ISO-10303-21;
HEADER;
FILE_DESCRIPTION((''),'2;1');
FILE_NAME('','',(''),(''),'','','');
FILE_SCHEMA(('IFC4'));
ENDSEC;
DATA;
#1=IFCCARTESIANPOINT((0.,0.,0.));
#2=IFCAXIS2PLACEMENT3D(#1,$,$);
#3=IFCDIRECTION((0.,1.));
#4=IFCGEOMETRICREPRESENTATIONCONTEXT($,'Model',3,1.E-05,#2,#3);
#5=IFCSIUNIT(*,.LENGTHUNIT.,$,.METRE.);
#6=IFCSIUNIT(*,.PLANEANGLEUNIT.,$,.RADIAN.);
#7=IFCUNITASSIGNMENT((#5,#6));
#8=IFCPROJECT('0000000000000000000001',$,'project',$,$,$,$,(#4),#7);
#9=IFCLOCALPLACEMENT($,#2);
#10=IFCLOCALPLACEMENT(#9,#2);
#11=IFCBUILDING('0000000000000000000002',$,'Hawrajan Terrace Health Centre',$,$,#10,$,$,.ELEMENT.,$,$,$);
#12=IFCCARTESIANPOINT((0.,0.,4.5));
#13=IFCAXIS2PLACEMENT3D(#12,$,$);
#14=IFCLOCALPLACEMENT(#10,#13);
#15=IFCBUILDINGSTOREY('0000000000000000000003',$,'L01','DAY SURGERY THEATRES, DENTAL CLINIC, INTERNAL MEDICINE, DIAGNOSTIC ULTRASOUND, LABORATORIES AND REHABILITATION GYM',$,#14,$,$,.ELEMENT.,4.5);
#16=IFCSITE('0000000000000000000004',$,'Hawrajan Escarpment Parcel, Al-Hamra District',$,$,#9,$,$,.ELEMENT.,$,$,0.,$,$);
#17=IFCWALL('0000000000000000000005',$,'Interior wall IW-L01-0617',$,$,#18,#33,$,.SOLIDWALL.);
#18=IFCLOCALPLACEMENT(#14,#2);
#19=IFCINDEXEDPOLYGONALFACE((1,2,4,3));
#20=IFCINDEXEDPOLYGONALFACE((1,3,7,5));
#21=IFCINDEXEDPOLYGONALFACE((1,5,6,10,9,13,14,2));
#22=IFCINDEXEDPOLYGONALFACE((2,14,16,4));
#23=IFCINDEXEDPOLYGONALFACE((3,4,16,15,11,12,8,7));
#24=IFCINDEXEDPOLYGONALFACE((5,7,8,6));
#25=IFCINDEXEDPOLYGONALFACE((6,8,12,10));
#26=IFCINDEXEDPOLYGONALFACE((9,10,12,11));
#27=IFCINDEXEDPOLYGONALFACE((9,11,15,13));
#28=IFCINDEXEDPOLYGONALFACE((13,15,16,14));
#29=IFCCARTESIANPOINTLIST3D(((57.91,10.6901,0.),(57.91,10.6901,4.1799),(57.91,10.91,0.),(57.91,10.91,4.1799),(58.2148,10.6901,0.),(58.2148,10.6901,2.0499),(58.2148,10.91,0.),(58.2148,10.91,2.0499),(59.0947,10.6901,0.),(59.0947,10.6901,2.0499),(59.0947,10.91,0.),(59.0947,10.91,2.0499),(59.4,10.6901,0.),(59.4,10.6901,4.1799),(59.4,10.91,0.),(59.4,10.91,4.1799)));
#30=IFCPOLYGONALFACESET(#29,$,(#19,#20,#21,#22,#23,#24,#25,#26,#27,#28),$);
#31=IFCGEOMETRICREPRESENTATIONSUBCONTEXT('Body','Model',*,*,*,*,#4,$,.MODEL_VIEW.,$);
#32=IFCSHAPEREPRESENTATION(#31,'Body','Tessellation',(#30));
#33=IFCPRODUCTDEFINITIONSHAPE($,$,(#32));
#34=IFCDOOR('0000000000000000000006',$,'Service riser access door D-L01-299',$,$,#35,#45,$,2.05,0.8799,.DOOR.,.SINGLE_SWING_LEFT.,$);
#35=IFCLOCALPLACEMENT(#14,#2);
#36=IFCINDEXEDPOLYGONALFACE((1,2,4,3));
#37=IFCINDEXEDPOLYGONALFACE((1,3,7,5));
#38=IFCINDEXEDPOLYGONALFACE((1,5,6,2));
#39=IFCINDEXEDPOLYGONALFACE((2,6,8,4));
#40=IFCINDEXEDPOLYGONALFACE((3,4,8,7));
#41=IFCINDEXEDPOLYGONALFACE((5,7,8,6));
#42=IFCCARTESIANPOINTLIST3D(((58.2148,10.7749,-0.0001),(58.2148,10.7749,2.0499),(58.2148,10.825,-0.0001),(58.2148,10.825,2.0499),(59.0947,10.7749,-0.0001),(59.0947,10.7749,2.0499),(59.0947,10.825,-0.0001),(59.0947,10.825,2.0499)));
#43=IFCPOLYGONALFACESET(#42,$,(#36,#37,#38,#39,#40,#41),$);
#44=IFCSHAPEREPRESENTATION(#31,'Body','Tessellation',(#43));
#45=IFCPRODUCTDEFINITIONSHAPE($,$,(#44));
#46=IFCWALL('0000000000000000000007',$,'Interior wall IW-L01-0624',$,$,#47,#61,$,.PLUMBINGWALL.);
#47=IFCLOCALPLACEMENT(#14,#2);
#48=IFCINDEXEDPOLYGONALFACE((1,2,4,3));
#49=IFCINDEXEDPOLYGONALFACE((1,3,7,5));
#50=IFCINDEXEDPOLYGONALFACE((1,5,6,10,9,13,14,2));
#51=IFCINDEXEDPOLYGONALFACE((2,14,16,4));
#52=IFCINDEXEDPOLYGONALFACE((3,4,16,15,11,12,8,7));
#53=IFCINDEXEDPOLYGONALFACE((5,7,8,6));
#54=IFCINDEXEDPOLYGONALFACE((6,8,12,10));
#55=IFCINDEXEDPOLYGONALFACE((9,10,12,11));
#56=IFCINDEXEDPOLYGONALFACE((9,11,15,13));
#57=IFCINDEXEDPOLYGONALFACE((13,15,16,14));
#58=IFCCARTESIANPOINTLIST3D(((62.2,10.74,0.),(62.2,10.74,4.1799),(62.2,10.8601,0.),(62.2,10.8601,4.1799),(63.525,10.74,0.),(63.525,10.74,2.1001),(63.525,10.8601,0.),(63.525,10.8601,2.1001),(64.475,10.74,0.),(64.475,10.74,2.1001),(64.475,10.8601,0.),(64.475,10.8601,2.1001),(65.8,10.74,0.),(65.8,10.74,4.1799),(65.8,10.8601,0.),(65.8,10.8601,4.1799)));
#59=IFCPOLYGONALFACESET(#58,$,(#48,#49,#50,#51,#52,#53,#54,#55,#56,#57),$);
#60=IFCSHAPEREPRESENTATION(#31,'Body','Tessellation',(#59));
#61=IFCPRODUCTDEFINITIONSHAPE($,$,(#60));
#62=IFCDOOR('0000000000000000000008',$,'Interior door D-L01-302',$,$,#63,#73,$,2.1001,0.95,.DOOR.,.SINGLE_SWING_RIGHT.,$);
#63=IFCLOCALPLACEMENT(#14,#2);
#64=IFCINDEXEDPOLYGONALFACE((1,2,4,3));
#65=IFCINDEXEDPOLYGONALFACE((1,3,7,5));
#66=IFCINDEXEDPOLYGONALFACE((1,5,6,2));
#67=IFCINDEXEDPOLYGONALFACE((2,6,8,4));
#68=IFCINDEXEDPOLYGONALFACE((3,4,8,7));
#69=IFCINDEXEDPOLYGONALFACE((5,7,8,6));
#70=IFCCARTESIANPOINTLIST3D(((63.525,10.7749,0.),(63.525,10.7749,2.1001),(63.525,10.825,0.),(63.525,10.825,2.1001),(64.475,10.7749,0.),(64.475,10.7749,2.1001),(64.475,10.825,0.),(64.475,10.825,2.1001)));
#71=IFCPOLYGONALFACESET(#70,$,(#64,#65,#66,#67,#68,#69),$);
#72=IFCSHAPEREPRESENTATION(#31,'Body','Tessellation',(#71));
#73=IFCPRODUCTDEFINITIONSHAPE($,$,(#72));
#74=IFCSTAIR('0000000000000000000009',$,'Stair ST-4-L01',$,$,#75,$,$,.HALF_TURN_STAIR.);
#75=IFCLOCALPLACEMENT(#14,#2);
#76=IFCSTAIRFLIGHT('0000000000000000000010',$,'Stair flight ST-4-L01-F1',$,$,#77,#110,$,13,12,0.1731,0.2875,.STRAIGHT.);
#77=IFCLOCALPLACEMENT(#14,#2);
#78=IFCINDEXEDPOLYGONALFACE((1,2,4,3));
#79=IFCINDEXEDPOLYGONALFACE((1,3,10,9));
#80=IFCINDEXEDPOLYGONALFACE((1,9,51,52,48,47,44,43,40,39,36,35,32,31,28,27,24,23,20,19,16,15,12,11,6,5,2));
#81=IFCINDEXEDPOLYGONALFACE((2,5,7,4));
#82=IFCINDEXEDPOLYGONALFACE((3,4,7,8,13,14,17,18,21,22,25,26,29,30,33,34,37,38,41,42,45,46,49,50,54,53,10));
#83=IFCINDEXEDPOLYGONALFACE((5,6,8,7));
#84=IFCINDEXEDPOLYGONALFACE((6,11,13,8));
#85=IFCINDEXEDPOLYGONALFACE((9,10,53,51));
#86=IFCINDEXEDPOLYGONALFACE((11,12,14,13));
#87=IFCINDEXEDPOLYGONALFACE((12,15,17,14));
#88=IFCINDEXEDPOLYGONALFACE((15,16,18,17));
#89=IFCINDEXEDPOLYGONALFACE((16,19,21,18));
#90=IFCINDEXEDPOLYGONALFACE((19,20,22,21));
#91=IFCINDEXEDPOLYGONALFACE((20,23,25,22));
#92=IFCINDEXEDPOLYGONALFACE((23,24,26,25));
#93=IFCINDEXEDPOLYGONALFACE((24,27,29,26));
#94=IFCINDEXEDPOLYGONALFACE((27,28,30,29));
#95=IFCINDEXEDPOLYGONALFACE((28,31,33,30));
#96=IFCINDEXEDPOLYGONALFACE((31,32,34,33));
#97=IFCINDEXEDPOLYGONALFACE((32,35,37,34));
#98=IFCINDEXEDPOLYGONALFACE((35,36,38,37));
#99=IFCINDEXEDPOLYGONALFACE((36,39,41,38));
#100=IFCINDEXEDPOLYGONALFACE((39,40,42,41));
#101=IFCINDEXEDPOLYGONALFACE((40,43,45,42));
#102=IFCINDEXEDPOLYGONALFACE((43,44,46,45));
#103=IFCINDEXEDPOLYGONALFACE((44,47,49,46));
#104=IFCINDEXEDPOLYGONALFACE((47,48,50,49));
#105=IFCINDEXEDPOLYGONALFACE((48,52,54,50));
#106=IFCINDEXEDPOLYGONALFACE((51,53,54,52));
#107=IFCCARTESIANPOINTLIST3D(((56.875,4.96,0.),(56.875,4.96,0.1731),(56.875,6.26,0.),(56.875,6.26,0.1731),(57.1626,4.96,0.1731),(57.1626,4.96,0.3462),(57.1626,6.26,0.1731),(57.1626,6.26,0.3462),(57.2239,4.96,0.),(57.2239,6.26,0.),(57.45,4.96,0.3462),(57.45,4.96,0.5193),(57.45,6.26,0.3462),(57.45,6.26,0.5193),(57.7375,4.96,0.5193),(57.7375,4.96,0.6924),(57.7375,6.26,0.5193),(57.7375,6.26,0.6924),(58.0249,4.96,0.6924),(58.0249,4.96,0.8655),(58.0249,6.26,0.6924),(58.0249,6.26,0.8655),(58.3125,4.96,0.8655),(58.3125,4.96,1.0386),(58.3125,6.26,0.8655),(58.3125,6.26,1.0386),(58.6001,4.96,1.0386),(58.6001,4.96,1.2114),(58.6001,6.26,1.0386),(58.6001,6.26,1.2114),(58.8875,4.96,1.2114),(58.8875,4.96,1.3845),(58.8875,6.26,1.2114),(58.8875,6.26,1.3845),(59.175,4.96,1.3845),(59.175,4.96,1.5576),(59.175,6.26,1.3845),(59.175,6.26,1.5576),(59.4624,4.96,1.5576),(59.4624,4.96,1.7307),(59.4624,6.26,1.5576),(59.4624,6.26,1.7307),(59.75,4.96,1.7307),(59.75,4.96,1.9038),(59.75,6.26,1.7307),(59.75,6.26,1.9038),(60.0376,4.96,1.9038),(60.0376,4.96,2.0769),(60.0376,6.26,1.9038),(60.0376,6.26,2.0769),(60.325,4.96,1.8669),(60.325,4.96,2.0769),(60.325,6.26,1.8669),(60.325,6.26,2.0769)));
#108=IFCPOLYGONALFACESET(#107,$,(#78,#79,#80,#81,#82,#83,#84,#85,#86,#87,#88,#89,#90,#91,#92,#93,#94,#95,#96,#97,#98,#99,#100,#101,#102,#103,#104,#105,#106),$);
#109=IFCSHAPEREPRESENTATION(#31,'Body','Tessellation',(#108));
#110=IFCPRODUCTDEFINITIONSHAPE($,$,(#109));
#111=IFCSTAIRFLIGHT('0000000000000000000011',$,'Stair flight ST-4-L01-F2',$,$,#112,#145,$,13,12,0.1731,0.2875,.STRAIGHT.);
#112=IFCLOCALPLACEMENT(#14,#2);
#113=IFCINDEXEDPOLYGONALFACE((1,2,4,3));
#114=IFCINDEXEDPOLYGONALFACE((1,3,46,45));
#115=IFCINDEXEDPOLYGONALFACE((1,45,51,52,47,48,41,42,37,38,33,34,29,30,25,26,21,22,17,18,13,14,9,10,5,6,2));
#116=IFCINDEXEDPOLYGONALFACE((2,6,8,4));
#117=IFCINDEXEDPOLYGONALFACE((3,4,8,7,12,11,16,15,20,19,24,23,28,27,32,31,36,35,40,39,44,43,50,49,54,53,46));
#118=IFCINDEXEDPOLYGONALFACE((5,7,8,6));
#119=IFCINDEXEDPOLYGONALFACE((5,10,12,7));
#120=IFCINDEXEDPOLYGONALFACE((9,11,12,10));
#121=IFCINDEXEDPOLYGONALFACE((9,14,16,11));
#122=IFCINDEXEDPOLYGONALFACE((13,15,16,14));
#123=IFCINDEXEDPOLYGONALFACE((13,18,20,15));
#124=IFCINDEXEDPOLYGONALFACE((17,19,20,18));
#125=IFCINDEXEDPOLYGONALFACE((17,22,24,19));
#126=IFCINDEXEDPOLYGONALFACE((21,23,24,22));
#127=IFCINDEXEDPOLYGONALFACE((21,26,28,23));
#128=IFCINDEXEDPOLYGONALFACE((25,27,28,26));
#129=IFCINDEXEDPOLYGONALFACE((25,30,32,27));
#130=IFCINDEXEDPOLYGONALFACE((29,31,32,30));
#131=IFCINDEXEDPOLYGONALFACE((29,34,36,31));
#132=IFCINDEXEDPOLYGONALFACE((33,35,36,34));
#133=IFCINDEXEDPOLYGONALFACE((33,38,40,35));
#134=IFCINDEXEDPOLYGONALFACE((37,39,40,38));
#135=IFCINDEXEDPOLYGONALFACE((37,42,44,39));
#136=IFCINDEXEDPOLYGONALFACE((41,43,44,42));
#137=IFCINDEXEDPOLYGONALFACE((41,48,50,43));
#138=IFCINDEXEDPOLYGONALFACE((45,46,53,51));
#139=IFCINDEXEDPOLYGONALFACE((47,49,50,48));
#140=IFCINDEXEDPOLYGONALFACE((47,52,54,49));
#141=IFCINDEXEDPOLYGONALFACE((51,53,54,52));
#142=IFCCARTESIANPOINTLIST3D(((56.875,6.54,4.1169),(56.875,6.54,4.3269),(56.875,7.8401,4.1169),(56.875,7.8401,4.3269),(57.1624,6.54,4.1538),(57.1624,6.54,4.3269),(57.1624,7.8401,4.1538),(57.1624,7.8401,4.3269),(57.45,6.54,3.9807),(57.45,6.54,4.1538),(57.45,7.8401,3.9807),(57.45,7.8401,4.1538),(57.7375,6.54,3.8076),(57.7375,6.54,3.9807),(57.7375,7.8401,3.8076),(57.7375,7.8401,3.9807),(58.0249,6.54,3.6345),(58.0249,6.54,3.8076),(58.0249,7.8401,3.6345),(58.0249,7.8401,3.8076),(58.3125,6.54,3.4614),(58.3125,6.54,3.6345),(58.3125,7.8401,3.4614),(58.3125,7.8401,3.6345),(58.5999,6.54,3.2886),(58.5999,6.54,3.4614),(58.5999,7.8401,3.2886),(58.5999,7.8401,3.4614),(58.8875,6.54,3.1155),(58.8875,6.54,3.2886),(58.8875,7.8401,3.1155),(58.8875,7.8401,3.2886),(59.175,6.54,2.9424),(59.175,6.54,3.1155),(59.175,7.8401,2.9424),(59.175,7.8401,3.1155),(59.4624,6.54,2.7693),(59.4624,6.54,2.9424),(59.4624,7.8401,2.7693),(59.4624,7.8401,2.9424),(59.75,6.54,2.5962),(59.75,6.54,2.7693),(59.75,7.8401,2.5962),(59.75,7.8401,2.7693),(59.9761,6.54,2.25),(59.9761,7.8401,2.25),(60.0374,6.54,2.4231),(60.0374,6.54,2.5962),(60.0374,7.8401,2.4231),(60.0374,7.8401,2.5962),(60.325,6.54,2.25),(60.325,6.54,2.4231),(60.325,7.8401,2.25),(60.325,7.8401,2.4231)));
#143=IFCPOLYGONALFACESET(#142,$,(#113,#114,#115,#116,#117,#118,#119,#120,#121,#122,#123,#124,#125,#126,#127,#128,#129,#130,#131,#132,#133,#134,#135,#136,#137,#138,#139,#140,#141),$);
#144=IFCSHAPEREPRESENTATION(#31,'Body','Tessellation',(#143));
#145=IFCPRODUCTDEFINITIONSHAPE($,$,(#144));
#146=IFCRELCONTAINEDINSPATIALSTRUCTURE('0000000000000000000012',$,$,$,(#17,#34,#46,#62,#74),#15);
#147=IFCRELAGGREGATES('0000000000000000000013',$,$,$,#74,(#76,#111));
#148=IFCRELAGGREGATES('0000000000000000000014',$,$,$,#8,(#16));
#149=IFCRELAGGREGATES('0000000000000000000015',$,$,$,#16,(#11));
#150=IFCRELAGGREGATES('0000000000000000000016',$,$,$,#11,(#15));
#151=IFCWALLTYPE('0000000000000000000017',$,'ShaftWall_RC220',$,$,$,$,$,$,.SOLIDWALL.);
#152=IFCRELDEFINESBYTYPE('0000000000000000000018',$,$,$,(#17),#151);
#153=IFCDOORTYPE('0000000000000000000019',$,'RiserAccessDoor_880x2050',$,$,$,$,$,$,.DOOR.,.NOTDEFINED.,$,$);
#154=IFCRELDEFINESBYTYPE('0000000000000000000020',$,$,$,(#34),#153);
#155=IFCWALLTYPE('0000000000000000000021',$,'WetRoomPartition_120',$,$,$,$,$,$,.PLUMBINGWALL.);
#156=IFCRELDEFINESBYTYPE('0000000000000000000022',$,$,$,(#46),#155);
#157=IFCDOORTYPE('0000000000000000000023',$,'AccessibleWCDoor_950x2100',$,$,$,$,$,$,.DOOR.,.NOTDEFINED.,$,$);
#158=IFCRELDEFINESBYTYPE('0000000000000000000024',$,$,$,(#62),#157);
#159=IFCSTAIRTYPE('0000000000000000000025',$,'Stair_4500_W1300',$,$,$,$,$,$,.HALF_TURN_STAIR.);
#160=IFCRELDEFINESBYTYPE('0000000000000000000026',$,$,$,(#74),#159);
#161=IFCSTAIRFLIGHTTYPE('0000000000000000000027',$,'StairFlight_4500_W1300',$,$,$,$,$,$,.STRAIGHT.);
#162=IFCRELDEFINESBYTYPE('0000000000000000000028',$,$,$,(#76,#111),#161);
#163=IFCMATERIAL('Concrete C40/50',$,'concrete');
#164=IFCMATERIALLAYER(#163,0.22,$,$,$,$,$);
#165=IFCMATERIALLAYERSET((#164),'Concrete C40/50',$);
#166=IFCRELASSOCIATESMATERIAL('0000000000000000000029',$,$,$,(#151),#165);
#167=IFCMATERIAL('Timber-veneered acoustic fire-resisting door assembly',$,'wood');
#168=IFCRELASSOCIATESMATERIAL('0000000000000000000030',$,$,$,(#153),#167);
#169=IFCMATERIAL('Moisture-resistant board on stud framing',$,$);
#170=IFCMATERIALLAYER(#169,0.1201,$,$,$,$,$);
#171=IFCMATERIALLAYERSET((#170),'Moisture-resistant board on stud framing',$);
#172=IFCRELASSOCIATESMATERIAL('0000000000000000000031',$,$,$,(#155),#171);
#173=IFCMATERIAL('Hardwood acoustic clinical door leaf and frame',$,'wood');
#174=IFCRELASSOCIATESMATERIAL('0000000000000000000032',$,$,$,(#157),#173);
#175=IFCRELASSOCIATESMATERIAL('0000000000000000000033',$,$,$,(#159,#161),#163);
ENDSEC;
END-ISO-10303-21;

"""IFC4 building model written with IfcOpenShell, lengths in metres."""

from ifc_helpers import new_model, si_unit, direction, frame, frame_2d, origin, place, context, subcontext, project, spatial, polyline, rectangle, outline, extrude, material, layer, layer_set, type_object, element, fill, aggregate, save


model = new_model("IFC4")

# Units and contexts
model_context = context("Model", 3, precision=1e-05, world=origin(), true_north=direction((0.0, 1.0)))
body_context = subcontext(model_context, "Body", "Model", "MODEL_VIEW")
ifc_project = project(units=[si_unit("LENGTHUNIT", "METRE"), si_unit("PLANEANGLEUNIT", "RADIAN")], contexts=[model_context])

# Site, building, storey
site_placement = place(None, origin())
site = spatial("IfcSite", under=ifc_project, at=site_placement, Name="Hawrajan Escarpment Parcel, Al-Hamra District", CompositionType="ELEMENT", RefElevation=0.0)
building_placement = place(site_placement, origin())
building = spatial("IfcBuilding", under=site, at=building_placement, Name="Hawrajan Terrace Health Centre", CompositionType="ELEMENT")
storey_placement = place(building_placement, frame((0.0, 0.0, 4.5)))
storey = spatial("IfcBuildingStorey", under=building, at=storey_placement, Name="L01", Description="DAY SURGERY THEATRES, DENTAL CLINIC, INTERNAL MEDICINE, DIAGNOSTIC ULTRASOUND, LABORATORIES AND REHABILITATION GYM", CompositionType="ELEMENT", Elevation=4.5)

# Shared definitions
ifc_material_1 = material(Name="Concrete C40/50", Category="concrete")

# Shared definitions
ifc_material_2 = material(Name="Hardwood acoustic clinical door leaf and frame", Category="wood")

# Shared definitions
ifc_layer_1 = layer(ifc_material_1, 0.22)
ifc_layer_set_1 = layer_set([ifc_layer_1], Name="Concrete C40/50")
wall_type_1 = type_object("IfcWallType", Name="ShaftWall_RC220", PredefinedType="SOLIDWALL", material=ifc_layer_set_1)

# Walls, openings, doors
wall_1_placement = place(storey_placement, frame((57.9099, 10.8, 0.0), z_axis=(0.0, 0.0, 1.0), x_axis=(1.0, 0.0, 0.0)))
wall_1 = element("IfcWall", 1, at=wall_1_placement, inside=storey, type_object=wall_type_1, Name="Interior wall IW-L01-0617", PredefinedType="SOLIDWALL", context=body_context, shape_type="SweptSolid", body=[
    extrude(rectangle(XDim=1.49, YDim=0.22, at=frame_2d((0.7451, 0.0))), origin(), (0.0, 0.0, 1.0), 4.1799),
])
opening_1_placement = place(wall_1_placement, frame((0.3049, 0.0, 0.0)))
opening_1 = element("IfcOpeningElement", 2, at=opening_1_placement, cuts=wall_1, PredefinedType="OPENING", context=body_context, shape_type="SweptSolid", body=[
    extrude(rectangle(XDim=0.8799, YDim=2.05, at=frame_2d((0.4399, 1.0249))), frame((0.0, 0.1199, 0.0), z_axis=(0.0, -1.0, 0.0), x_axis=(1.0, 0.0, 0.0)), (0.0, 0.0, 1.0), 0.24),
])
ifc_material_3 = material(Name="Timber-veneered acoustic fire-resisting door assembly", Category="wood")
door_type_1 = type_object("IfcDoorType", Name="RiserAccessDoor_880x2050", OperationType="NOTDEFINED", PredefinedType="DOOR", material=ifc_material_3)
door_1_placement = place(opening_1_placement, origin())
door_1 = element("IfcDoor", 3, at=door_1_placement, inside=storey, type_object=door_type_1, Name="Service riser access door D-L01-299", OperationType="SINGLE_SWING_LEFT", OverallHeight=2.05, OverallWidth=0.8799, PredefinedType="DOOR", context=body_context, shape_type="SweptSolid", body=[
    extrude(rectangle(XDim=0.8799, YDim=2.05, at=frame_2d((0.4399, 1.0249))), frame((0.0, 0.0249, 0.0), z_axis=(0.0, -1.0, 0.0), x_axis=(1.0, 0.0, 0.0)), (0.0, 0.0, 1.0), 0.05),
])
fill(opening_1, door_1)
ifc_material_4 = material(Name="Moisture-resistant board on stud framing")
ifc_layer_2 = layer(ifc_material_4, 0.1201)
ifc_layer_set_2 = layer_set([ifc_layer_2], Name="Moisture-resistant board on stud framing")
wall_type_2 = type_object("IfcWallType", Name="WetRoomPartition_120", PredefinedType="PLUMBINGWALL", material=ifc_layer_set_2)
wall_2_placement = place(storey_placement, frame((62.2, 10.8, 0.0), z_axis=(0.0, 0.0, 1.0), x_axis=(1.0, 0.0, 0.0)))
wall_2 = element("IfcWall", 4, at=wall_2_placement, inside=storey, type_object=wall_type_2, Name="Interior wall IW-L01-0624", PredefinedType="PLUMBINGWALL", context=body_context, shape_type="SweptSolid", body=[
    extrude(rectangle(XDim=3.6001, YDim=0.1201, at=frame_2d((1.8, 0.0))), origin(), (0.0, 0.0, 1.0), 4.1799),
])
opening_2_placement = place(wall_2_placement, frame((1.325, 0.0, 0.0)))
opening_2 = element("IfcOpeningElement", 5, at=opening_2_placement, cuts=wall_2, PredefinedType="OPENING", context=body_context, shape_type="SweptSolid", body=[
    extrude(rectangle(XDim=0.95, YDim=2.1001, at=frame_2d((0.4751, 1.05))), frame((0.0, 0.0701, 0.0), z_axis=(0.0, -1.0, 0.0), x_axis=(1.0, 0.0, 0.0)), (0.0, 0.0, 1.0), 0.1401),
])
door_type_2 = type_object("IfcDoorType", Name="AccessibleWCDoor_950x2100", OperationType="NOTDEFINED", PredefinedType="DOOR", material=ifc_material_2)
door_2_placement = place(opening_2_placement, origin())
door_2 = element("IfcDoor", 6, at=door_2_placement, inside=storey, type_object=door_type_2, Name="Interior door D-L01-302", OperationType="SINGLE_SWING_RIGHT", OverallHeight=2.1001, OverallWidth=0.95, PredefinedType="DOOR", context=body_context, shape_type="SweptSolid", body=[
    extrude(rectangle(XDim=0.95, YDim=2.1001, at=frame_2d((0.4751, 1.05))), frame((0.0, 0.0249, 0.0), z_axis=(0.0, -1.0, 0.0), x_axis=(1.0, 0.0, 0.0)), (0.0, 0.0, 1.0), 0.05),
])
fill(opening_2, door_2)

# Stair, stair flights
stair_type = type_object("IfcStairType", Name="Stair_4500_W1300", PredefinedType="HALF_TURN_STAIR", material=ifc_material_1)
stair_placement = place(storey_placement, origin())
stair = element("IfcStair", 7, at=stair_placement, inside=storey, type_object=stair_type, Name="Stair ST-4-L01", PredefinedType="HALF_TURN_STAIR")
stair_flight_type = type_object("IfcStairFlightType", Name="StairFlight_4500_W1300", PredefinedType="STRAIGHT", material=ifc_material_1)
stair_flight_1_placement = place(storey_placement, frame((56.875, 5.6101, 0.0), z_axis=(0.0, 0.0, 1.0), x_axis=(1.0, 0.0, 0.0)))
stair_flight_1 = element("IfcStairFlight", 8, at=stair_flight_1_placement, type_object=stair_flight_type, Name="Stair flight ST-4-L01-F1", NumberOfRisers=13, NumberOfTreads=12, PredefinedType="STRAIGHT", RiserHeight=0.1731, TreadLength=0.2875, context=body_context, shape_type="SweptSolid", body=[
    extrude(outline(polyline([(0.0, 0.0), (0.0, 0.1731), (0.2876, 0.1731), (0.2876, 0.3462), (0.575, 0.3462), (0.575, 0.5193), (0.8625, 0.5193), (0.8625, 0.6924), (1.1499, 0.6924), (1.1499, 0.8655), (1.4375, 0.8655), (1.4375, 1.0386), (1.7251, 1.0386), (1.7251, 1.2114), (2.0125, 1.2114), (2.0125, 1.3845), (2.3, 1.3845), (2.3, 1.5576), (2.5874, 1.5576), (2.5874, 1.7307), (2.875, 1.7307), (2.875, 1.9038), (3.1626, 1.9038), (3.1626, 2.0769), (3.45, 2.0769), (3.45, 2.25), (3.45, 1.8669), (0.3489, 0.0), (0.0, 0.0)])), frame((0.0, 0.6499, 0.0), z_axis=(0.0, -1.0, 0.0), x_axis=(1.0, 0.0, 0.0)), (0.0, 0.0, 1.0), 1.3),
])
stair_flight_2_placement = place(storey_placement, frame((60.325, 7.1899, 2.25), z_axis=(0.0, 0.0, 1.0), x_axis=(-1.0, 0.0, 0.0)))
stair_flight_2 = element("IfcStairFlight", 9, at=stair_flight_2_placement, type_object=stair_flight_type, Name="Stair flight ST-4-L01-F2", NumberOfRisers=13, NumberOfTreads=12, PredefinedType="STRAIGHT", RiserHeight=0.1731, TreadLength=0.2875, context=body_context, shape_type="SweptSolid", body=[
    extrude(outline(polyline([(0.0, 0.0), (0.0, 0.1731), (0.2876, 0.1731), (0.2876, 0.3462), (0.575, 0.3462), (0.575, 0.5193), (0.8625, 0.5193), (0.8625, 0.6924), (1.1499, 0.6924), (1.1499, 0.8655), (1.4375, 0.8655), (1.4375, 1.0386), (1.7251, 1.0386), (1.7251, 1.2114), (2.0125, 1.2114), (2.0125, 1.3845), (2.3, 1.3845), (2.3, 1.5576), (2.5874, 1.5576), (2.5874, 1.7307), (2.875, 1.7307), (2.875, 1.9038), (3.1626, 1.9038), (3.1626, 2.0769), (3.45, 2.0769), (3.45, 2.25), (3.45, 1.8669), (0.3489, 0.0), (0.0, 0.0)])), frame((0.0, 0.6499, 0.0), z_axis=(0.0, -1.0, 0.0), x_axis=(1.0, 0.0, 0.0)), (0.0, 0.0, 1.0), 1.3),
])
aggregate(stair, [stair_flight_1, stair_flight_2])

save(model, "model.ifc")
